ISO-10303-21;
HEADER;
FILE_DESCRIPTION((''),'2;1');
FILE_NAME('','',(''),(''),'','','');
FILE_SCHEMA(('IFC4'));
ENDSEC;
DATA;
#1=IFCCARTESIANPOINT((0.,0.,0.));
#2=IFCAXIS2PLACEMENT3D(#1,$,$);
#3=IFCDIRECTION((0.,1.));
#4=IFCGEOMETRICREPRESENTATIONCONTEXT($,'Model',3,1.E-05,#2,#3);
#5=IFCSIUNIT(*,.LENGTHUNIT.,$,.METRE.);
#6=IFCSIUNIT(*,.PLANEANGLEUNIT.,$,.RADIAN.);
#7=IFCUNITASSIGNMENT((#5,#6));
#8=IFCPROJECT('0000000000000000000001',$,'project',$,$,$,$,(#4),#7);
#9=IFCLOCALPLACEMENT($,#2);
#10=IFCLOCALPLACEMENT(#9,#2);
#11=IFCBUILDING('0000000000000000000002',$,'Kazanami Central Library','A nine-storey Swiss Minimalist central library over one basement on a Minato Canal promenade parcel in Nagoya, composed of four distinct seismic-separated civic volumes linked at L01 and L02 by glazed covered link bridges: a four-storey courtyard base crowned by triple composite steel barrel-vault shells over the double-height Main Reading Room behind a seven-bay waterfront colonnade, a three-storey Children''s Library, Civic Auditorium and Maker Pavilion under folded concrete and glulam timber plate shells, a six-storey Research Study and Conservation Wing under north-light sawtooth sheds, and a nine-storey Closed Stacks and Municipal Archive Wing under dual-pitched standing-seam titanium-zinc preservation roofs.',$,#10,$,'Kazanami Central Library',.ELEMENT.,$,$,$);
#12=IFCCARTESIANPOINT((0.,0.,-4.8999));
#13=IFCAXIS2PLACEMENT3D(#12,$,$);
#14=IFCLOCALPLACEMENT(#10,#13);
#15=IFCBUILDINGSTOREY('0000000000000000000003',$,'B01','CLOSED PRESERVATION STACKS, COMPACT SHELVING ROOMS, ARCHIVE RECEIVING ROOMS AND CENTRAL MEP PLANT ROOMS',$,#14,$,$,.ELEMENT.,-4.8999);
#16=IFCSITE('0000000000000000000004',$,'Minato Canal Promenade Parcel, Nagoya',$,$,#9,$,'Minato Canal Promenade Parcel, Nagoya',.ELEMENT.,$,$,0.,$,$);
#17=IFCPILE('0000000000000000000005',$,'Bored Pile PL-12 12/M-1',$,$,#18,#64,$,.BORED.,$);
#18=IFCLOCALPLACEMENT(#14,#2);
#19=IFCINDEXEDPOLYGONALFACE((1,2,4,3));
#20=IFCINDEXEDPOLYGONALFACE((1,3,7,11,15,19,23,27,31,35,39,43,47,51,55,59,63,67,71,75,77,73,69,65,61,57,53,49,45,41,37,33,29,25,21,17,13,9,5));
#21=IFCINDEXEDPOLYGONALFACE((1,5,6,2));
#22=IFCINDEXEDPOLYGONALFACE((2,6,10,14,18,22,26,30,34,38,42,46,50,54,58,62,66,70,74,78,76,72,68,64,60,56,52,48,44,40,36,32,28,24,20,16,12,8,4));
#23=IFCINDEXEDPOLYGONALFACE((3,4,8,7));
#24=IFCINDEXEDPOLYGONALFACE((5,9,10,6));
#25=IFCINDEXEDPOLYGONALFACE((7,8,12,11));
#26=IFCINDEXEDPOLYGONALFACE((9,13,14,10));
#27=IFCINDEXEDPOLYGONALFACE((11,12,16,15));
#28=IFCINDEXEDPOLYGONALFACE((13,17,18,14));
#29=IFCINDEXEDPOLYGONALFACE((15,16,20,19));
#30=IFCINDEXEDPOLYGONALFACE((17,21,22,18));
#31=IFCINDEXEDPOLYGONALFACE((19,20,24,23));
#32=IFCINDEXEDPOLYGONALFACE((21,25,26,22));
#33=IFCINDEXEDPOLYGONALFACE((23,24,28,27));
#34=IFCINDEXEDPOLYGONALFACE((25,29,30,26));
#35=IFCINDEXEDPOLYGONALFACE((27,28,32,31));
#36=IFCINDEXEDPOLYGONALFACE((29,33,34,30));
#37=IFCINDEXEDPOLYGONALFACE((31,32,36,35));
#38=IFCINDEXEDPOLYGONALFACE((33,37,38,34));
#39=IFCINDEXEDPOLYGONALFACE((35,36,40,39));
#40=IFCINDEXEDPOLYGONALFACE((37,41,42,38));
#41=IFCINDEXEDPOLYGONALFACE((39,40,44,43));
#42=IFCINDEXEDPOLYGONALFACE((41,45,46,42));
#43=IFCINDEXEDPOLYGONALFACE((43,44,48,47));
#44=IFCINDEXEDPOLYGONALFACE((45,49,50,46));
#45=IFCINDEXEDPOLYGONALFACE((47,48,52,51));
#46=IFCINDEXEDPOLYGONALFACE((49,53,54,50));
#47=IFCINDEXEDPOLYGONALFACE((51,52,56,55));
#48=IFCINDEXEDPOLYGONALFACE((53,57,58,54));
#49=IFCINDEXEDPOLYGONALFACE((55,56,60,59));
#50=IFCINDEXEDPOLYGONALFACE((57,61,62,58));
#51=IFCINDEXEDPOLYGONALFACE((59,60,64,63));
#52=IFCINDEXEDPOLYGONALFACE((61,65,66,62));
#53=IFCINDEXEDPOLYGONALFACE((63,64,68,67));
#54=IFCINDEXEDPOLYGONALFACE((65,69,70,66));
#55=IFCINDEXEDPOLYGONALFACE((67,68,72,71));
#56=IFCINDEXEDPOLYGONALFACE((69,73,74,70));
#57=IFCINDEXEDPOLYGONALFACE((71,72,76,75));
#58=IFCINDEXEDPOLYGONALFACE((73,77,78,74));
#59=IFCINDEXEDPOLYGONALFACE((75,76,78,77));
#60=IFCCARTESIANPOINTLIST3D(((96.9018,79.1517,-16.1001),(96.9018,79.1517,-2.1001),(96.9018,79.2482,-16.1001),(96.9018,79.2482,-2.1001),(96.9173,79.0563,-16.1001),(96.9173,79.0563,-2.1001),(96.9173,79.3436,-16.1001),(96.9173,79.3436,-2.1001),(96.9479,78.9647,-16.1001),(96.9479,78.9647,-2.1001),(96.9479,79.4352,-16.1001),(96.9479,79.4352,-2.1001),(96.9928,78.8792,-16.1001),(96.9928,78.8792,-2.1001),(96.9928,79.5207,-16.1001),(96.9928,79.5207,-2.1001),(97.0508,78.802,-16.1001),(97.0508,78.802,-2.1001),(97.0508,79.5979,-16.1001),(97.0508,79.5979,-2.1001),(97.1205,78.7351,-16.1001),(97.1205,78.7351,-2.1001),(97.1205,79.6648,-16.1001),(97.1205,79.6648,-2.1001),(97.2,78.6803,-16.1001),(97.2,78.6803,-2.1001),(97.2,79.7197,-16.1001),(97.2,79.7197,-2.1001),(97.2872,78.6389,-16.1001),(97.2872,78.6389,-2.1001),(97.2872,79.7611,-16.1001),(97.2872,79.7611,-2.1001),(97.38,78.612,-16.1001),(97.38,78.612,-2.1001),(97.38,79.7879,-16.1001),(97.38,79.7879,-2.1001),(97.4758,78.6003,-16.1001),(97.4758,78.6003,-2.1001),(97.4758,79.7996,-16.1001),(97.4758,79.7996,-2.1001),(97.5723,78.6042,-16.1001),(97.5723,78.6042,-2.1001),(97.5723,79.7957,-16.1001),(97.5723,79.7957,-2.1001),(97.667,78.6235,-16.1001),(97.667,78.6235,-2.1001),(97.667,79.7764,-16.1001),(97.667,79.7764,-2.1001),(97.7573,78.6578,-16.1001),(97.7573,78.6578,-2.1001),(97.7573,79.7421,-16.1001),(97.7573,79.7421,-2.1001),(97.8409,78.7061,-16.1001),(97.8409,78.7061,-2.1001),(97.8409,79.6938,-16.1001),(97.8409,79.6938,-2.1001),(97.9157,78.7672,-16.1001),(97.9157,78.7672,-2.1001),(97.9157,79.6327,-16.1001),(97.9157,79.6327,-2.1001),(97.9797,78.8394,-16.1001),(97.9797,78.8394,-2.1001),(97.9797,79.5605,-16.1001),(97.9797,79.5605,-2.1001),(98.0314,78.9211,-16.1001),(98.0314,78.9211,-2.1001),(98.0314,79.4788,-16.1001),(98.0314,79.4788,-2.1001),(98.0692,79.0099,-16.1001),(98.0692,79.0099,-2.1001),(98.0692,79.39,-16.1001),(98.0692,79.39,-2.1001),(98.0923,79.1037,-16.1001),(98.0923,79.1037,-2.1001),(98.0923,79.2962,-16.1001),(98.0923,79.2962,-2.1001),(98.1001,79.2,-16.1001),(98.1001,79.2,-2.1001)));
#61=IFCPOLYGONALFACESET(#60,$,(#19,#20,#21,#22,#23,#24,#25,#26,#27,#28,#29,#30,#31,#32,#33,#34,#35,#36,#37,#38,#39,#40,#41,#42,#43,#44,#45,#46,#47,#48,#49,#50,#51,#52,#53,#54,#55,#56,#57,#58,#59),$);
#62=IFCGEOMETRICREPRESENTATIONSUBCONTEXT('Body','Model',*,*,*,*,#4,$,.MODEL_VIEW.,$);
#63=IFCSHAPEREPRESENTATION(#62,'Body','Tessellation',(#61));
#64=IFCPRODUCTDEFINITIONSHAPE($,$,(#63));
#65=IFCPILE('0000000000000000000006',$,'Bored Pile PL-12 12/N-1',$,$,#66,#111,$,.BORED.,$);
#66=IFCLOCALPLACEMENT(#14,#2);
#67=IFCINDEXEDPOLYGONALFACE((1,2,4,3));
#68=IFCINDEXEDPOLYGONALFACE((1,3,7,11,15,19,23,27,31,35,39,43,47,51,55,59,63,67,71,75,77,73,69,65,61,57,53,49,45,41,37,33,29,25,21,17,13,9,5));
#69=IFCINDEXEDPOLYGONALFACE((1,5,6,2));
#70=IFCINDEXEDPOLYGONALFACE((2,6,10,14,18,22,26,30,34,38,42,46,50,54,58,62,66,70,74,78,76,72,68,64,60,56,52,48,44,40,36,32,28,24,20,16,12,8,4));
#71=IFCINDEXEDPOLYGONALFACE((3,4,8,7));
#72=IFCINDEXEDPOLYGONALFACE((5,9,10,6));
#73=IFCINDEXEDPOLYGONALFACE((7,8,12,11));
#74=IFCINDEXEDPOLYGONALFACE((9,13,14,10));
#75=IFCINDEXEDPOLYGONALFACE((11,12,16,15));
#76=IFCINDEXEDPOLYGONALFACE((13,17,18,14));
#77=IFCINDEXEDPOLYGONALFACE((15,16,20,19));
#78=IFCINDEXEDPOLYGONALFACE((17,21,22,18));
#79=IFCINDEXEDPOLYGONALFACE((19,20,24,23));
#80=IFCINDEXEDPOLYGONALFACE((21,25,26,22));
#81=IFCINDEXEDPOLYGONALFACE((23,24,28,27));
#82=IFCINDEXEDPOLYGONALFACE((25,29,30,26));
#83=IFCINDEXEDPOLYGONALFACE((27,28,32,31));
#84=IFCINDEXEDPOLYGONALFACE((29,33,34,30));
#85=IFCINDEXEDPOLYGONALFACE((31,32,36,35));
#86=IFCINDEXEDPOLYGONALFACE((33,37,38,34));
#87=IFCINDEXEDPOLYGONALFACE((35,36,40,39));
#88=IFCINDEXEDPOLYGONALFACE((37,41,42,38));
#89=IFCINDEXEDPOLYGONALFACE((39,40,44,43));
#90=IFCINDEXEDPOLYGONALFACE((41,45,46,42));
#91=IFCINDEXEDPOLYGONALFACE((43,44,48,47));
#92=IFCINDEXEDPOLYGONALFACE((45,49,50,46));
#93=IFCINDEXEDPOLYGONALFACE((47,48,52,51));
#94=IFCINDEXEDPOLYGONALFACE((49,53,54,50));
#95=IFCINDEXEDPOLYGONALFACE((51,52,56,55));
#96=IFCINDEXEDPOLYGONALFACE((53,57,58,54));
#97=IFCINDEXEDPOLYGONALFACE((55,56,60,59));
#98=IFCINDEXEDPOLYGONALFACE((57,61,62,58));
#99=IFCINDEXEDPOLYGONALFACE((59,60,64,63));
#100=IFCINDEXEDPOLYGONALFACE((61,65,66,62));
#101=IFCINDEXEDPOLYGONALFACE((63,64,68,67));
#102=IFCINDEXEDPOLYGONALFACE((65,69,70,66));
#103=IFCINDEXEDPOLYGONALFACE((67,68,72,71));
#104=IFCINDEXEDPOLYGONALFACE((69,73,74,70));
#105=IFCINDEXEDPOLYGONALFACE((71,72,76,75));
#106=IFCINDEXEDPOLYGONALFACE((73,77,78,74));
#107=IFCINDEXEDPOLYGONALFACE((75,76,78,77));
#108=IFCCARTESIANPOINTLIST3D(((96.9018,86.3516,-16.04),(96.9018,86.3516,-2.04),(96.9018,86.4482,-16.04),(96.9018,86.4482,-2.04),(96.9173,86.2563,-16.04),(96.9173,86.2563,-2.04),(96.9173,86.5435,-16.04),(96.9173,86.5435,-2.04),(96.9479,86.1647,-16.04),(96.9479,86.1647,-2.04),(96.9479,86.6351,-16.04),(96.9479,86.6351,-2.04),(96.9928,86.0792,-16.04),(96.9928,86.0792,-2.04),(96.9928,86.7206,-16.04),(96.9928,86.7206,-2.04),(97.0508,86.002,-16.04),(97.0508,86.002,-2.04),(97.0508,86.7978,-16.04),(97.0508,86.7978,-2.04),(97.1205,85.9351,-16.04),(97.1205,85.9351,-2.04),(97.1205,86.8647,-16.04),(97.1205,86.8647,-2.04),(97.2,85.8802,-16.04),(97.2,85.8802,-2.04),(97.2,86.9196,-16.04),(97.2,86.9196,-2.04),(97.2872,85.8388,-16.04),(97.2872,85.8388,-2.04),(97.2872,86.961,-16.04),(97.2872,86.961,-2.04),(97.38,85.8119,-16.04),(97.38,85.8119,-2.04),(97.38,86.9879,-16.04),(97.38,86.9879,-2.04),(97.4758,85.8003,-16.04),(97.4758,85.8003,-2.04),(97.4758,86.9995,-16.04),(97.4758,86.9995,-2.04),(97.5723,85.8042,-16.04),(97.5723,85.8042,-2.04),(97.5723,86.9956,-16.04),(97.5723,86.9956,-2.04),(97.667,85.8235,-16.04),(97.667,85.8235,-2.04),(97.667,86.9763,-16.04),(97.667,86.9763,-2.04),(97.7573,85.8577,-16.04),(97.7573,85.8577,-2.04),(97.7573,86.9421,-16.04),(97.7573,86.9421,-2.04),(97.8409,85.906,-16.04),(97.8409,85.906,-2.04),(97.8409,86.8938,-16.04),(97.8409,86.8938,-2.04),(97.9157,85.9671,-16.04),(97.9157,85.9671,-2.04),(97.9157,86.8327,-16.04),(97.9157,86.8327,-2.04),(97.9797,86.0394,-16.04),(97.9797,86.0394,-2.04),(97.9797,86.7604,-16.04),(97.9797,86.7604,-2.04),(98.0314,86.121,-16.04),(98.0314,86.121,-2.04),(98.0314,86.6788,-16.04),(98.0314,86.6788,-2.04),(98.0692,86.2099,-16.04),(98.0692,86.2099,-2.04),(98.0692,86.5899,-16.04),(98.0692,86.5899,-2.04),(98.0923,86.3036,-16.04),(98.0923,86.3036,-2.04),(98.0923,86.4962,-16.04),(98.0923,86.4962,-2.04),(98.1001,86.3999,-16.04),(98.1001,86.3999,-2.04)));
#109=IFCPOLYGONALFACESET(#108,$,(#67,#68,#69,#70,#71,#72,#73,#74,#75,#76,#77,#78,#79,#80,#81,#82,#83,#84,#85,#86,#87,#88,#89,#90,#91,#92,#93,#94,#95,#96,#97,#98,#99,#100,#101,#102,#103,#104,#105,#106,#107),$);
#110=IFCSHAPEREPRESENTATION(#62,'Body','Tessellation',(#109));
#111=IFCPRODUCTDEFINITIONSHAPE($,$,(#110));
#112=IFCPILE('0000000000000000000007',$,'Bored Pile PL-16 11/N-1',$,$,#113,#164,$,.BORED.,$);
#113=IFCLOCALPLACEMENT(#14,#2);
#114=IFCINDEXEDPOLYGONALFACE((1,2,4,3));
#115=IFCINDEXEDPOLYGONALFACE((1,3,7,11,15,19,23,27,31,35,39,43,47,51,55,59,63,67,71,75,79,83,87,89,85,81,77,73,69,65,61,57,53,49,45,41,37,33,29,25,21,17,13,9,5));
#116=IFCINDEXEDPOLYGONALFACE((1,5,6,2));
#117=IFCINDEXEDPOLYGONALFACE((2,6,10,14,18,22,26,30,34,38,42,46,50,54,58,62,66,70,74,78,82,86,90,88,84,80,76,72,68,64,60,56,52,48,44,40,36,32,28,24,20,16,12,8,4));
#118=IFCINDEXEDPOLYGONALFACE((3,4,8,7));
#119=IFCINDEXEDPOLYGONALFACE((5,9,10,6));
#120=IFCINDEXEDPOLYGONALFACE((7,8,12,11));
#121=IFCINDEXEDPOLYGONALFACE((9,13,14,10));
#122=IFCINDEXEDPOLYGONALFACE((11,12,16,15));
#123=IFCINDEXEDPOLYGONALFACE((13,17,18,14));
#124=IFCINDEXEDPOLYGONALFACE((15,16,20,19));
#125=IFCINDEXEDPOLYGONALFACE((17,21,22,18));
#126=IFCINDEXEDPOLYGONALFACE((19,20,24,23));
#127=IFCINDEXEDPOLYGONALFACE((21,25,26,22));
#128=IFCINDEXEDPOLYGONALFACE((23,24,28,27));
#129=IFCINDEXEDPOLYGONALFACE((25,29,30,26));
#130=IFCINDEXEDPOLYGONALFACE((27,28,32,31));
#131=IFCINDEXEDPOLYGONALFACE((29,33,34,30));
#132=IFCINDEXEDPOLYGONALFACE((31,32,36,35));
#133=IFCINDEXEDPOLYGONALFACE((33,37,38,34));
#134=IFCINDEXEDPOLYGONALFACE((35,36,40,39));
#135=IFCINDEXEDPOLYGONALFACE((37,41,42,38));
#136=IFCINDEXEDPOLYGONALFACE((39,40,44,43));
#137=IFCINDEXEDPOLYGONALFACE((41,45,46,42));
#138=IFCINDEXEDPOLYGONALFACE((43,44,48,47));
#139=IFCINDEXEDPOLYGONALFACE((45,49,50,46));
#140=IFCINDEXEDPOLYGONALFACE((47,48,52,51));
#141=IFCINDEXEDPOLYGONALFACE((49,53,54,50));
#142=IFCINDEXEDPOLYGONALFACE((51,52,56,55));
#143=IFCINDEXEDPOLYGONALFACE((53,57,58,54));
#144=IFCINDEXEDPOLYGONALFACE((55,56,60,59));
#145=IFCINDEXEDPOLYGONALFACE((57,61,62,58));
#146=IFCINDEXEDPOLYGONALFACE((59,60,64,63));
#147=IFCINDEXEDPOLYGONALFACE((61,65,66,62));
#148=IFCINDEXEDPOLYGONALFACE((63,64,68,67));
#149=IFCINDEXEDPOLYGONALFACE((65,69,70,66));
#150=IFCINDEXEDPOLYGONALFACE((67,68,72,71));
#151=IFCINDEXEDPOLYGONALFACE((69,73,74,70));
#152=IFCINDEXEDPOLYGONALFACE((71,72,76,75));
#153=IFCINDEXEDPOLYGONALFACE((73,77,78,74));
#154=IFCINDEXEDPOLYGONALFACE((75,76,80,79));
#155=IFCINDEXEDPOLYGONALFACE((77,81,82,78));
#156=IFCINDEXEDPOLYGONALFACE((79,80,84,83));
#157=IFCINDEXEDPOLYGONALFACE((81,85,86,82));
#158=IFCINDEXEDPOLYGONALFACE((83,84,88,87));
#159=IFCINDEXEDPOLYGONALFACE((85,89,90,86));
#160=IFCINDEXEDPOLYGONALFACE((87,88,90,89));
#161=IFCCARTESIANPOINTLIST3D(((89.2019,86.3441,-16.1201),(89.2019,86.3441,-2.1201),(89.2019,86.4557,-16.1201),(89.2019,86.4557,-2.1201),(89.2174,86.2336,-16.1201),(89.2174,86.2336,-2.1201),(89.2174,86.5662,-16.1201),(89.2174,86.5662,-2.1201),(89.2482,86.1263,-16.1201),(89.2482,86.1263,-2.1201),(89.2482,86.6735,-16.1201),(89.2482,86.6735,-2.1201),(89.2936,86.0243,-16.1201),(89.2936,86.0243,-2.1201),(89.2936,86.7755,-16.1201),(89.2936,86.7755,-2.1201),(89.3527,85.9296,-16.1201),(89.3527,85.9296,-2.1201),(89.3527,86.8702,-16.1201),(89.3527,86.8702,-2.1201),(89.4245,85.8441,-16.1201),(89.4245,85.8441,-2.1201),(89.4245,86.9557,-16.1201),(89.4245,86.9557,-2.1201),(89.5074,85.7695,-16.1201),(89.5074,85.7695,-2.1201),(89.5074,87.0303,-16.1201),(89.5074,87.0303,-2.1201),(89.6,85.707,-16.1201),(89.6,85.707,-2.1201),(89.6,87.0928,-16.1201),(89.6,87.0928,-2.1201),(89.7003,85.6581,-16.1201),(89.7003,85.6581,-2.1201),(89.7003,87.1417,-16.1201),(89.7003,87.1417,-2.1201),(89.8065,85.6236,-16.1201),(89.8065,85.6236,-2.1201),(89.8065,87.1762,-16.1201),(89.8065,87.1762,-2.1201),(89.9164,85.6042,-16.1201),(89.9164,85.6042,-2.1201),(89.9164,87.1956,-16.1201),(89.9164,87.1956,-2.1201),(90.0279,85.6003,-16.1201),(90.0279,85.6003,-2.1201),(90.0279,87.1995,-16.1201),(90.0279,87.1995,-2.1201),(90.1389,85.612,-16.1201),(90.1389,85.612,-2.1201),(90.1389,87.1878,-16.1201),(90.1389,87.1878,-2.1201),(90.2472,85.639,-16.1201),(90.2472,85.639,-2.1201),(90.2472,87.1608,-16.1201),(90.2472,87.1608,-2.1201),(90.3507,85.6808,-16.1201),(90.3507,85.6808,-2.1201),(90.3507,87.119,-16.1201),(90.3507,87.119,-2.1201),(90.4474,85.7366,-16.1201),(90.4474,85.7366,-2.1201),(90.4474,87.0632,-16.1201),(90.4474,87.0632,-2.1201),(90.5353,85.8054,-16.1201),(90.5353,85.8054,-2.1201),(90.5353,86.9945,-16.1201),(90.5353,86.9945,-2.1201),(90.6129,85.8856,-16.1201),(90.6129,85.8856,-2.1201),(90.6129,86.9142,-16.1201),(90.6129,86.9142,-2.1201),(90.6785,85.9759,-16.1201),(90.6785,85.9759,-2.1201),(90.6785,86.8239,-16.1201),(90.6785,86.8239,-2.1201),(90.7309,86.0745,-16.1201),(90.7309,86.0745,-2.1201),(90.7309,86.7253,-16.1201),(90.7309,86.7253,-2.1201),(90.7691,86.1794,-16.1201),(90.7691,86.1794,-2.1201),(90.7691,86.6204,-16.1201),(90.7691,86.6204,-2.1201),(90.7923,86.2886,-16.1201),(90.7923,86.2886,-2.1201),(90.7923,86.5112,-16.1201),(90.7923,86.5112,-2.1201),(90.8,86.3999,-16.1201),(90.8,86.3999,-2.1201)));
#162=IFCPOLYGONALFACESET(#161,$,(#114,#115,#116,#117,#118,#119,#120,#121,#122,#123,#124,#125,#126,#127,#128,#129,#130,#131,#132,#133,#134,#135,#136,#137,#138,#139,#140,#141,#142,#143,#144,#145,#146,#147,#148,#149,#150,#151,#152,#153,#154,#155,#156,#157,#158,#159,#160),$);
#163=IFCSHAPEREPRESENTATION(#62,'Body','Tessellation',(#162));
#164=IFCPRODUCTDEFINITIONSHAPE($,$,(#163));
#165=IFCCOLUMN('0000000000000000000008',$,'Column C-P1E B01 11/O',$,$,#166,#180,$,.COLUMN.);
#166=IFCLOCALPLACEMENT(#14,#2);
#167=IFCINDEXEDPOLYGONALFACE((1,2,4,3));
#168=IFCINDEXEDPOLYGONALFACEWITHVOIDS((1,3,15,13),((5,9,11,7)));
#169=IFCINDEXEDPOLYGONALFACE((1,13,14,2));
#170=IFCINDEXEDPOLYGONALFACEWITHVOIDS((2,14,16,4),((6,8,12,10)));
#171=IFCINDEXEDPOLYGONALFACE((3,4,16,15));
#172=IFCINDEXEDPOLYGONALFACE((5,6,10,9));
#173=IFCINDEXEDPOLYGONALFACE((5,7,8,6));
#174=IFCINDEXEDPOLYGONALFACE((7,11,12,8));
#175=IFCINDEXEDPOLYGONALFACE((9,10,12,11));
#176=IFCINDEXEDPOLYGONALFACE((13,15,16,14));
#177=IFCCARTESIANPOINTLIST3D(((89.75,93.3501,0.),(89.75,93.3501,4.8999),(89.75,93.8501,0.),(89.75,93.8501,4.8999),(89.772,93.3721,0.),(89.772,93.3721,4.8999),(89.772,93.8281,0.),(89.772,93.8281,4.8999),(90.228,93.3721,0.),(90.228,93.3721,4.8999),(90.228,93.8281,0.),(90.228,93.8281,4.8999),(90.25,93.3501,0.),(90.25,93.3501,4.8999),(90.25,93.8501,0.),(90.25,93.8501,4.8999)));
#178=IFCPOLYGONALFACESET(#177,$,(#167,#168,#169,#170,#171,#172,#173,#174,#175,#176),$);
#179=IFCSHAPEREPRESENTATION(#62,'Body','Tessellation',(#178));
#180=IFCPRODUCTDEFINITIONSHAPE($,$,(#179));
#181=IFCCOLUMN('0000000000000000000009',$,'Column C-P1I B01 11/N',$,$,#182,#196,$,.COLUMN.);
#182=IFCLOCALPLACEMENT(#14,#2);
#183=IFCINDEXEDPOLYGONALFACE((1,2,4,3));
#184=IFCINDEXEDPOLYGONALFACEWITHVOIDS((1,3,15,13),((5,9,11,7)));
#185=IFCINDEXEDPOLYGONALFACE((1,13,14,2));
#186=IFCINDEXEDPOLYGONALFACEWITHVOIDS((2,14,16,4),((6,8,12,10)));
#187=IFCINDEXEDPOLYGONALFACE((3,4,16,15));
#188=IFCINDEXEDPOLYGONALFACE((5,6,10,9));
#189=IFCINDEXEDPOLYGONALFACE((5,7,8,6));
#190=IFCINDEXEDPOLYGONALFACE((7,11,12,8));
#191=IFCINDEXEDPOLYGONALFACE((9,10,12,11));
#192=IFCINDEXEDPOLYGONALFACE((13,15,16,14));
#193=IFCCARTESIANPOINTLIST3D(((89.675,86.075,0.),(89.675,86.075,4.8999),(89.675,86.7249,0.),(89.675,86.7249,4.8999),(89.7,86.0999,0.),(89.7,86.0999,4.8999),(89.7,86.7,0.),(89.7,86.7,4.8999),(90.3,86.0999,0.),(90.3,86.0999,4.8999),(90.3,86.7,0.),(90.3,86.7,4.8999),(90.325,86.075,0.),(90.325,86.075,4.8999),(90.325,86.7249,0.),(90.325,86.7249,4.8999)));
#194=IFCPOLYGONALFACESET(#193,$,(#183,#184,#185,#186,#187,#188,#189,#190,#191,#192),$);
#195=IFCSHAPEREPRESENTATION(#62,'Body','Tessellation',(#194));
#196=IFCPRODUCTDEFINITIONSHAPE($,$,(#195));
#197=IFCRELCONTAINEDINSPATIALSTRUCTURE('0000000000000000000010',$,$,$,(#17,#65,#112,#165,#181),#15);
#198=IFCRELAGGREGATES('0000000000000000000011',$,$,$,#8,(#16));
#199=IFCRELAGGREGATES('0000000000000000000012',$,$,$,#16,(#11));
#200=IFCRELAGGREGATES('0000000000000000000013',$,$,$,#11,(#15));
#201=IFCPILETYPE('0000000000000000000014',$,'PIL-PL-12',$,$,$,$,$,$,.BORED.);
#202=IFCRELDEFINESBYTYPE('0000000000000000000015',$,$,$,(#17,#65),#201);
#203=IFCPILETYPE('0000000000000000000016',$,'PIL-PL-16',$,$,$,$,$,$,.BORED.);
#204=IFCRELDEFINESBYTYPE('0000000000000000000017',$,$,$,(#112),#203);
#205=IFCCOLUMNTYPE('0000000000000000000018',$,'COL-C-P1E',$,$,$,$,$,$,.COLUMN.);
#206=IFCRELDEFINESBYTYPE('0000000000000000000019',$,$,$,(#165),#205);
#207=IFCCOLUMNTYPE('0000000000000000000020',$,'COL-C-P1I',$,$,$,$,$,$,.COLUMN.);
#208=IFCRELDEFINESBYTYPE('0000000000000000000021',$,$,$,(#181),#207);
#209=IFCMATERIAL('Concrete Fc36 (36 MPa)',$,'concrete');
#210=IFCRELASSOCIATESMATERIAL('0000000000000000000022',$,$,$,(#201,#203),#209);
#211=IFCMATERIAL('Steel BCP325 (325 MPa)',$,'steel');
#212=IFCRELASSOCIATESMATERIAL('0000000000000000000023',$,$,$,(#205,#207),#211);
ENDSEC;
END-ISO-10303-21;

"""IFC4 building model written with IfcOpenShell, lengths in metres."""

from ifc_helpers import new_model, si_unit, direction, frame, origin, origin_2d, place, context, subcontext, project, spatial, hollow_rectangle, circle, extrude, material, material_profile, profile_set, type_object, element, save


model = new_model("IFC4")

# Units and contexts
model_context = context("Model", 3, precision=1e-05, world=origin(), true_north=direction((0.0, 1.0)))
body_context = subcontext(model_context, "Body", "Model", "MODEL_VIEW")
ifc_project = project(units=[si_unit("LENGTHUNIT", "METRE"), si_unit("PLANEANGLEUNIT", "RADIAN")], contexts=[model_context])

# Site, building, storey
site_placement = place(None, origin())
site = spatial("IfcSite", under=ifc_project, at=site_placement, Name="Minato Canal Promenade Parcel, Nagoya", LongName="Minato Canal Promenade Parcel, Nagoya", CompositionType="ELEMENT", RefElevation=0.0)
building_placement = place(site_placement, origin())
building = spatial("IfcBuilding", under=site, at=building_placement, Name="Kazanami Central Library", Description="A nine-storey Swiss Minimalist central library over one basement on a Minato Canal promenade parcel in Nagoya, composed of four distinct seismic-separated civic volumes linked at L01 and L02 by glazed covered link bridges: a four-storey courtyard base crowned by triple composite steel barrel-vault shells over the double-height Main Reading Room behind a seven-bay waterfront colonnade, a three-storey Children's Library, Civic Auditorium and Maker Pavilion under folded concrete and glulam timber plate shells, a six-storey Research Study and Conservation Wing under north-light sawtooth sheds, and a nine-storey Closed Stacks and Municipal Archive Wing under dual-pitched standing-seam titanium-zinc preservation roofs.", LongName="Kazanami Central Library", CompositionType="ELEMENT")
storey_placement = place(building_placement, frame((0.0, 0.0, -4.8999)))
storey = spatial("IfcBuildingStorey", under=building, at=storey_placement, Name="B01", Description="CLOSED PRESERVATION STACKS, COMPACT SHELVING ROOMS, ARCHIVE RECEIVING ROOMS AND CENTRAL MEP PLANT ROOMS", CompositionType="ELEMENT", Elevation=-4.8999)

# Shared definitions
ifc_material_1 = material(Name="Concrete Fc36 (36 MPa)", Category="concrete")

# Piles
ifc_material_profile_1 = material_profile(ifc_material_1, circle(Radius=0.6001, at=origin_2d()), Name="BORED-D1200")
ifc_profile_set_1 = profile_set([ifc_material_profile_1], Name="Concrete Fc36 (36 MPa)")
pile_type_1 = type_object("IfcPileType", Name="PIL-PL-12", PredefinedType="BORED", material=ifc_profile_set_1)
for number, where, z_axis, x_axis, name in (
    (1, (97.5, 79.2, -2.1001), (0.0, 0.0, -1.0), (1.0, 0.0, 0.0), "Bored Pile PL-12 12/M-1"),
    (2, (97.5, 86.3999, -2.04), (0.0, 0.0, -1.0), (1.0, 0.0, 0.0), "Bored Pile PL-12 12/N-1"),
):
    element("IfcPile", number, at=place(storey_placement, frame(where, z_axis=z_axis, x_axis=x_axis)), inside=storey, type_object=pile_type_1, Name=name, PredefinedType="BORED", context=body_context, shape_type="SweptSolid", body=[
        extrude(circle(Radius=0.6001, at=origin_2d()), origin(), (0.0, 0.0, 1.0), 14.0),
    ])
ifc_material_profile_2 = material_profile(ifc_material_1, circle(Radius=0.8, at=origin_2d()), Name="BORED-D1600")
ifc_profile_set_2 = profile_set([ifc_material_profile_2], Name="Concrete Fc36 (36 MPa)")
pile_type_2 = type_object("IfcPileType", Name="PIL-PL-16", PredefinedType="BORED", material=ifc_profile_set_2)
pile_placement = place(storey_placement, frame((90.0, 86.3999, -2.1201), z_axis=(0.0, 0.0, -1.0), x_axis=(1.0, 0.0, 0.0)))
element("IfcPile", 3, at=pile_placement, inside=storey, type_object=pile_type_2, Name="Bored Pile PL-16 11/N-1", PredefinedType="BORED", context=body_context, shape_type="SweptSolid", body=[
    extrude(circle(Radius=0.8, at=origin_2d()), origin(), (0.0, 0.0, 1.0), 14.0),
])

# Columns
ifc_material_2 = material(Name="Steel BCP325 (325 MPa)", Category="steel")
ifc_material_profile_3 = material_profile(ifc_material_2, hollow_rectangle(XDim=0.5, YDim=0.5, WallThickness=0.022, at=origin_2d()), Name="BCP-500x500x22")
ifc_profile_set_3 = profile_set([ifc_material_profile_3], Name="Steel BCP325 (325 MPa)")
column_type_1 = type_object("IfcColumnType", Name="COL-C-P1E", PredefinedType="COLUMN", material=ifc_profile_set_3)
column_placement = place(storey_placement, frame((90.0, 93.6001, 0.0), z_axis=(0.0, 0.0, 1.0), x_axis=(1.0, 0.0, 0.0)))
element("IfcColumn", 4, at=column_placement, inside=storey, type_object=column_type_1, Name="Column C-P1E B01 11/O", PredefinedType="COLUMN", context=body_context, shape_type="SweptSolid", body=[
    extrude(hollow_rectangle(XDim=0.5, YDim=0.5, WallThickness=0.022, at=origin_2d()), origin(), (0.0, 0.0, 1.0), 4.8999),
])
ifc_material_profile_4 = material_profile(ifc_material_2, hollow_rectangle(XDim=0.6499, YDim=0.6499, WallThickness=0.0249, at=origin_2d()), Name="BCP-650x650x25")
ifc_profile_set_4 = profile_set([ifc_material_profile_4], Name="Steel BCP325 (325 MPa)")
column_type_2 = type_object("IfcColumnType", Name="COL-C-P1I", PredefinedType="COLUMN", material=ifc_profile_set_4)
for number, where, z_axis, x_axis, name in (
    (5, (90.0, 86.3999, 0.0), (0.0, 0.0, 1.0), (1.0, 0.0, 0.0), "Column C-P1I B01 11/N"),
):
    element("IfcColumn", number, at=place(storey_placement, frame(where, z_axis=z_axis, x_axis=x_axis)), inside=storey, type_object=column_type_2, Name=name, PredefinedType="COLUMN", context=body_context, shape_type="SweptSolid", body=[
        extrude(hollow_rectangle(XDim=0.6499, YDim=0.6499, WallThickness=0.0249, at=origin_2d()), origin(), (0.0, 0.0, 1.0), 4.8999),
    ])

save(model, "model.ifc")
